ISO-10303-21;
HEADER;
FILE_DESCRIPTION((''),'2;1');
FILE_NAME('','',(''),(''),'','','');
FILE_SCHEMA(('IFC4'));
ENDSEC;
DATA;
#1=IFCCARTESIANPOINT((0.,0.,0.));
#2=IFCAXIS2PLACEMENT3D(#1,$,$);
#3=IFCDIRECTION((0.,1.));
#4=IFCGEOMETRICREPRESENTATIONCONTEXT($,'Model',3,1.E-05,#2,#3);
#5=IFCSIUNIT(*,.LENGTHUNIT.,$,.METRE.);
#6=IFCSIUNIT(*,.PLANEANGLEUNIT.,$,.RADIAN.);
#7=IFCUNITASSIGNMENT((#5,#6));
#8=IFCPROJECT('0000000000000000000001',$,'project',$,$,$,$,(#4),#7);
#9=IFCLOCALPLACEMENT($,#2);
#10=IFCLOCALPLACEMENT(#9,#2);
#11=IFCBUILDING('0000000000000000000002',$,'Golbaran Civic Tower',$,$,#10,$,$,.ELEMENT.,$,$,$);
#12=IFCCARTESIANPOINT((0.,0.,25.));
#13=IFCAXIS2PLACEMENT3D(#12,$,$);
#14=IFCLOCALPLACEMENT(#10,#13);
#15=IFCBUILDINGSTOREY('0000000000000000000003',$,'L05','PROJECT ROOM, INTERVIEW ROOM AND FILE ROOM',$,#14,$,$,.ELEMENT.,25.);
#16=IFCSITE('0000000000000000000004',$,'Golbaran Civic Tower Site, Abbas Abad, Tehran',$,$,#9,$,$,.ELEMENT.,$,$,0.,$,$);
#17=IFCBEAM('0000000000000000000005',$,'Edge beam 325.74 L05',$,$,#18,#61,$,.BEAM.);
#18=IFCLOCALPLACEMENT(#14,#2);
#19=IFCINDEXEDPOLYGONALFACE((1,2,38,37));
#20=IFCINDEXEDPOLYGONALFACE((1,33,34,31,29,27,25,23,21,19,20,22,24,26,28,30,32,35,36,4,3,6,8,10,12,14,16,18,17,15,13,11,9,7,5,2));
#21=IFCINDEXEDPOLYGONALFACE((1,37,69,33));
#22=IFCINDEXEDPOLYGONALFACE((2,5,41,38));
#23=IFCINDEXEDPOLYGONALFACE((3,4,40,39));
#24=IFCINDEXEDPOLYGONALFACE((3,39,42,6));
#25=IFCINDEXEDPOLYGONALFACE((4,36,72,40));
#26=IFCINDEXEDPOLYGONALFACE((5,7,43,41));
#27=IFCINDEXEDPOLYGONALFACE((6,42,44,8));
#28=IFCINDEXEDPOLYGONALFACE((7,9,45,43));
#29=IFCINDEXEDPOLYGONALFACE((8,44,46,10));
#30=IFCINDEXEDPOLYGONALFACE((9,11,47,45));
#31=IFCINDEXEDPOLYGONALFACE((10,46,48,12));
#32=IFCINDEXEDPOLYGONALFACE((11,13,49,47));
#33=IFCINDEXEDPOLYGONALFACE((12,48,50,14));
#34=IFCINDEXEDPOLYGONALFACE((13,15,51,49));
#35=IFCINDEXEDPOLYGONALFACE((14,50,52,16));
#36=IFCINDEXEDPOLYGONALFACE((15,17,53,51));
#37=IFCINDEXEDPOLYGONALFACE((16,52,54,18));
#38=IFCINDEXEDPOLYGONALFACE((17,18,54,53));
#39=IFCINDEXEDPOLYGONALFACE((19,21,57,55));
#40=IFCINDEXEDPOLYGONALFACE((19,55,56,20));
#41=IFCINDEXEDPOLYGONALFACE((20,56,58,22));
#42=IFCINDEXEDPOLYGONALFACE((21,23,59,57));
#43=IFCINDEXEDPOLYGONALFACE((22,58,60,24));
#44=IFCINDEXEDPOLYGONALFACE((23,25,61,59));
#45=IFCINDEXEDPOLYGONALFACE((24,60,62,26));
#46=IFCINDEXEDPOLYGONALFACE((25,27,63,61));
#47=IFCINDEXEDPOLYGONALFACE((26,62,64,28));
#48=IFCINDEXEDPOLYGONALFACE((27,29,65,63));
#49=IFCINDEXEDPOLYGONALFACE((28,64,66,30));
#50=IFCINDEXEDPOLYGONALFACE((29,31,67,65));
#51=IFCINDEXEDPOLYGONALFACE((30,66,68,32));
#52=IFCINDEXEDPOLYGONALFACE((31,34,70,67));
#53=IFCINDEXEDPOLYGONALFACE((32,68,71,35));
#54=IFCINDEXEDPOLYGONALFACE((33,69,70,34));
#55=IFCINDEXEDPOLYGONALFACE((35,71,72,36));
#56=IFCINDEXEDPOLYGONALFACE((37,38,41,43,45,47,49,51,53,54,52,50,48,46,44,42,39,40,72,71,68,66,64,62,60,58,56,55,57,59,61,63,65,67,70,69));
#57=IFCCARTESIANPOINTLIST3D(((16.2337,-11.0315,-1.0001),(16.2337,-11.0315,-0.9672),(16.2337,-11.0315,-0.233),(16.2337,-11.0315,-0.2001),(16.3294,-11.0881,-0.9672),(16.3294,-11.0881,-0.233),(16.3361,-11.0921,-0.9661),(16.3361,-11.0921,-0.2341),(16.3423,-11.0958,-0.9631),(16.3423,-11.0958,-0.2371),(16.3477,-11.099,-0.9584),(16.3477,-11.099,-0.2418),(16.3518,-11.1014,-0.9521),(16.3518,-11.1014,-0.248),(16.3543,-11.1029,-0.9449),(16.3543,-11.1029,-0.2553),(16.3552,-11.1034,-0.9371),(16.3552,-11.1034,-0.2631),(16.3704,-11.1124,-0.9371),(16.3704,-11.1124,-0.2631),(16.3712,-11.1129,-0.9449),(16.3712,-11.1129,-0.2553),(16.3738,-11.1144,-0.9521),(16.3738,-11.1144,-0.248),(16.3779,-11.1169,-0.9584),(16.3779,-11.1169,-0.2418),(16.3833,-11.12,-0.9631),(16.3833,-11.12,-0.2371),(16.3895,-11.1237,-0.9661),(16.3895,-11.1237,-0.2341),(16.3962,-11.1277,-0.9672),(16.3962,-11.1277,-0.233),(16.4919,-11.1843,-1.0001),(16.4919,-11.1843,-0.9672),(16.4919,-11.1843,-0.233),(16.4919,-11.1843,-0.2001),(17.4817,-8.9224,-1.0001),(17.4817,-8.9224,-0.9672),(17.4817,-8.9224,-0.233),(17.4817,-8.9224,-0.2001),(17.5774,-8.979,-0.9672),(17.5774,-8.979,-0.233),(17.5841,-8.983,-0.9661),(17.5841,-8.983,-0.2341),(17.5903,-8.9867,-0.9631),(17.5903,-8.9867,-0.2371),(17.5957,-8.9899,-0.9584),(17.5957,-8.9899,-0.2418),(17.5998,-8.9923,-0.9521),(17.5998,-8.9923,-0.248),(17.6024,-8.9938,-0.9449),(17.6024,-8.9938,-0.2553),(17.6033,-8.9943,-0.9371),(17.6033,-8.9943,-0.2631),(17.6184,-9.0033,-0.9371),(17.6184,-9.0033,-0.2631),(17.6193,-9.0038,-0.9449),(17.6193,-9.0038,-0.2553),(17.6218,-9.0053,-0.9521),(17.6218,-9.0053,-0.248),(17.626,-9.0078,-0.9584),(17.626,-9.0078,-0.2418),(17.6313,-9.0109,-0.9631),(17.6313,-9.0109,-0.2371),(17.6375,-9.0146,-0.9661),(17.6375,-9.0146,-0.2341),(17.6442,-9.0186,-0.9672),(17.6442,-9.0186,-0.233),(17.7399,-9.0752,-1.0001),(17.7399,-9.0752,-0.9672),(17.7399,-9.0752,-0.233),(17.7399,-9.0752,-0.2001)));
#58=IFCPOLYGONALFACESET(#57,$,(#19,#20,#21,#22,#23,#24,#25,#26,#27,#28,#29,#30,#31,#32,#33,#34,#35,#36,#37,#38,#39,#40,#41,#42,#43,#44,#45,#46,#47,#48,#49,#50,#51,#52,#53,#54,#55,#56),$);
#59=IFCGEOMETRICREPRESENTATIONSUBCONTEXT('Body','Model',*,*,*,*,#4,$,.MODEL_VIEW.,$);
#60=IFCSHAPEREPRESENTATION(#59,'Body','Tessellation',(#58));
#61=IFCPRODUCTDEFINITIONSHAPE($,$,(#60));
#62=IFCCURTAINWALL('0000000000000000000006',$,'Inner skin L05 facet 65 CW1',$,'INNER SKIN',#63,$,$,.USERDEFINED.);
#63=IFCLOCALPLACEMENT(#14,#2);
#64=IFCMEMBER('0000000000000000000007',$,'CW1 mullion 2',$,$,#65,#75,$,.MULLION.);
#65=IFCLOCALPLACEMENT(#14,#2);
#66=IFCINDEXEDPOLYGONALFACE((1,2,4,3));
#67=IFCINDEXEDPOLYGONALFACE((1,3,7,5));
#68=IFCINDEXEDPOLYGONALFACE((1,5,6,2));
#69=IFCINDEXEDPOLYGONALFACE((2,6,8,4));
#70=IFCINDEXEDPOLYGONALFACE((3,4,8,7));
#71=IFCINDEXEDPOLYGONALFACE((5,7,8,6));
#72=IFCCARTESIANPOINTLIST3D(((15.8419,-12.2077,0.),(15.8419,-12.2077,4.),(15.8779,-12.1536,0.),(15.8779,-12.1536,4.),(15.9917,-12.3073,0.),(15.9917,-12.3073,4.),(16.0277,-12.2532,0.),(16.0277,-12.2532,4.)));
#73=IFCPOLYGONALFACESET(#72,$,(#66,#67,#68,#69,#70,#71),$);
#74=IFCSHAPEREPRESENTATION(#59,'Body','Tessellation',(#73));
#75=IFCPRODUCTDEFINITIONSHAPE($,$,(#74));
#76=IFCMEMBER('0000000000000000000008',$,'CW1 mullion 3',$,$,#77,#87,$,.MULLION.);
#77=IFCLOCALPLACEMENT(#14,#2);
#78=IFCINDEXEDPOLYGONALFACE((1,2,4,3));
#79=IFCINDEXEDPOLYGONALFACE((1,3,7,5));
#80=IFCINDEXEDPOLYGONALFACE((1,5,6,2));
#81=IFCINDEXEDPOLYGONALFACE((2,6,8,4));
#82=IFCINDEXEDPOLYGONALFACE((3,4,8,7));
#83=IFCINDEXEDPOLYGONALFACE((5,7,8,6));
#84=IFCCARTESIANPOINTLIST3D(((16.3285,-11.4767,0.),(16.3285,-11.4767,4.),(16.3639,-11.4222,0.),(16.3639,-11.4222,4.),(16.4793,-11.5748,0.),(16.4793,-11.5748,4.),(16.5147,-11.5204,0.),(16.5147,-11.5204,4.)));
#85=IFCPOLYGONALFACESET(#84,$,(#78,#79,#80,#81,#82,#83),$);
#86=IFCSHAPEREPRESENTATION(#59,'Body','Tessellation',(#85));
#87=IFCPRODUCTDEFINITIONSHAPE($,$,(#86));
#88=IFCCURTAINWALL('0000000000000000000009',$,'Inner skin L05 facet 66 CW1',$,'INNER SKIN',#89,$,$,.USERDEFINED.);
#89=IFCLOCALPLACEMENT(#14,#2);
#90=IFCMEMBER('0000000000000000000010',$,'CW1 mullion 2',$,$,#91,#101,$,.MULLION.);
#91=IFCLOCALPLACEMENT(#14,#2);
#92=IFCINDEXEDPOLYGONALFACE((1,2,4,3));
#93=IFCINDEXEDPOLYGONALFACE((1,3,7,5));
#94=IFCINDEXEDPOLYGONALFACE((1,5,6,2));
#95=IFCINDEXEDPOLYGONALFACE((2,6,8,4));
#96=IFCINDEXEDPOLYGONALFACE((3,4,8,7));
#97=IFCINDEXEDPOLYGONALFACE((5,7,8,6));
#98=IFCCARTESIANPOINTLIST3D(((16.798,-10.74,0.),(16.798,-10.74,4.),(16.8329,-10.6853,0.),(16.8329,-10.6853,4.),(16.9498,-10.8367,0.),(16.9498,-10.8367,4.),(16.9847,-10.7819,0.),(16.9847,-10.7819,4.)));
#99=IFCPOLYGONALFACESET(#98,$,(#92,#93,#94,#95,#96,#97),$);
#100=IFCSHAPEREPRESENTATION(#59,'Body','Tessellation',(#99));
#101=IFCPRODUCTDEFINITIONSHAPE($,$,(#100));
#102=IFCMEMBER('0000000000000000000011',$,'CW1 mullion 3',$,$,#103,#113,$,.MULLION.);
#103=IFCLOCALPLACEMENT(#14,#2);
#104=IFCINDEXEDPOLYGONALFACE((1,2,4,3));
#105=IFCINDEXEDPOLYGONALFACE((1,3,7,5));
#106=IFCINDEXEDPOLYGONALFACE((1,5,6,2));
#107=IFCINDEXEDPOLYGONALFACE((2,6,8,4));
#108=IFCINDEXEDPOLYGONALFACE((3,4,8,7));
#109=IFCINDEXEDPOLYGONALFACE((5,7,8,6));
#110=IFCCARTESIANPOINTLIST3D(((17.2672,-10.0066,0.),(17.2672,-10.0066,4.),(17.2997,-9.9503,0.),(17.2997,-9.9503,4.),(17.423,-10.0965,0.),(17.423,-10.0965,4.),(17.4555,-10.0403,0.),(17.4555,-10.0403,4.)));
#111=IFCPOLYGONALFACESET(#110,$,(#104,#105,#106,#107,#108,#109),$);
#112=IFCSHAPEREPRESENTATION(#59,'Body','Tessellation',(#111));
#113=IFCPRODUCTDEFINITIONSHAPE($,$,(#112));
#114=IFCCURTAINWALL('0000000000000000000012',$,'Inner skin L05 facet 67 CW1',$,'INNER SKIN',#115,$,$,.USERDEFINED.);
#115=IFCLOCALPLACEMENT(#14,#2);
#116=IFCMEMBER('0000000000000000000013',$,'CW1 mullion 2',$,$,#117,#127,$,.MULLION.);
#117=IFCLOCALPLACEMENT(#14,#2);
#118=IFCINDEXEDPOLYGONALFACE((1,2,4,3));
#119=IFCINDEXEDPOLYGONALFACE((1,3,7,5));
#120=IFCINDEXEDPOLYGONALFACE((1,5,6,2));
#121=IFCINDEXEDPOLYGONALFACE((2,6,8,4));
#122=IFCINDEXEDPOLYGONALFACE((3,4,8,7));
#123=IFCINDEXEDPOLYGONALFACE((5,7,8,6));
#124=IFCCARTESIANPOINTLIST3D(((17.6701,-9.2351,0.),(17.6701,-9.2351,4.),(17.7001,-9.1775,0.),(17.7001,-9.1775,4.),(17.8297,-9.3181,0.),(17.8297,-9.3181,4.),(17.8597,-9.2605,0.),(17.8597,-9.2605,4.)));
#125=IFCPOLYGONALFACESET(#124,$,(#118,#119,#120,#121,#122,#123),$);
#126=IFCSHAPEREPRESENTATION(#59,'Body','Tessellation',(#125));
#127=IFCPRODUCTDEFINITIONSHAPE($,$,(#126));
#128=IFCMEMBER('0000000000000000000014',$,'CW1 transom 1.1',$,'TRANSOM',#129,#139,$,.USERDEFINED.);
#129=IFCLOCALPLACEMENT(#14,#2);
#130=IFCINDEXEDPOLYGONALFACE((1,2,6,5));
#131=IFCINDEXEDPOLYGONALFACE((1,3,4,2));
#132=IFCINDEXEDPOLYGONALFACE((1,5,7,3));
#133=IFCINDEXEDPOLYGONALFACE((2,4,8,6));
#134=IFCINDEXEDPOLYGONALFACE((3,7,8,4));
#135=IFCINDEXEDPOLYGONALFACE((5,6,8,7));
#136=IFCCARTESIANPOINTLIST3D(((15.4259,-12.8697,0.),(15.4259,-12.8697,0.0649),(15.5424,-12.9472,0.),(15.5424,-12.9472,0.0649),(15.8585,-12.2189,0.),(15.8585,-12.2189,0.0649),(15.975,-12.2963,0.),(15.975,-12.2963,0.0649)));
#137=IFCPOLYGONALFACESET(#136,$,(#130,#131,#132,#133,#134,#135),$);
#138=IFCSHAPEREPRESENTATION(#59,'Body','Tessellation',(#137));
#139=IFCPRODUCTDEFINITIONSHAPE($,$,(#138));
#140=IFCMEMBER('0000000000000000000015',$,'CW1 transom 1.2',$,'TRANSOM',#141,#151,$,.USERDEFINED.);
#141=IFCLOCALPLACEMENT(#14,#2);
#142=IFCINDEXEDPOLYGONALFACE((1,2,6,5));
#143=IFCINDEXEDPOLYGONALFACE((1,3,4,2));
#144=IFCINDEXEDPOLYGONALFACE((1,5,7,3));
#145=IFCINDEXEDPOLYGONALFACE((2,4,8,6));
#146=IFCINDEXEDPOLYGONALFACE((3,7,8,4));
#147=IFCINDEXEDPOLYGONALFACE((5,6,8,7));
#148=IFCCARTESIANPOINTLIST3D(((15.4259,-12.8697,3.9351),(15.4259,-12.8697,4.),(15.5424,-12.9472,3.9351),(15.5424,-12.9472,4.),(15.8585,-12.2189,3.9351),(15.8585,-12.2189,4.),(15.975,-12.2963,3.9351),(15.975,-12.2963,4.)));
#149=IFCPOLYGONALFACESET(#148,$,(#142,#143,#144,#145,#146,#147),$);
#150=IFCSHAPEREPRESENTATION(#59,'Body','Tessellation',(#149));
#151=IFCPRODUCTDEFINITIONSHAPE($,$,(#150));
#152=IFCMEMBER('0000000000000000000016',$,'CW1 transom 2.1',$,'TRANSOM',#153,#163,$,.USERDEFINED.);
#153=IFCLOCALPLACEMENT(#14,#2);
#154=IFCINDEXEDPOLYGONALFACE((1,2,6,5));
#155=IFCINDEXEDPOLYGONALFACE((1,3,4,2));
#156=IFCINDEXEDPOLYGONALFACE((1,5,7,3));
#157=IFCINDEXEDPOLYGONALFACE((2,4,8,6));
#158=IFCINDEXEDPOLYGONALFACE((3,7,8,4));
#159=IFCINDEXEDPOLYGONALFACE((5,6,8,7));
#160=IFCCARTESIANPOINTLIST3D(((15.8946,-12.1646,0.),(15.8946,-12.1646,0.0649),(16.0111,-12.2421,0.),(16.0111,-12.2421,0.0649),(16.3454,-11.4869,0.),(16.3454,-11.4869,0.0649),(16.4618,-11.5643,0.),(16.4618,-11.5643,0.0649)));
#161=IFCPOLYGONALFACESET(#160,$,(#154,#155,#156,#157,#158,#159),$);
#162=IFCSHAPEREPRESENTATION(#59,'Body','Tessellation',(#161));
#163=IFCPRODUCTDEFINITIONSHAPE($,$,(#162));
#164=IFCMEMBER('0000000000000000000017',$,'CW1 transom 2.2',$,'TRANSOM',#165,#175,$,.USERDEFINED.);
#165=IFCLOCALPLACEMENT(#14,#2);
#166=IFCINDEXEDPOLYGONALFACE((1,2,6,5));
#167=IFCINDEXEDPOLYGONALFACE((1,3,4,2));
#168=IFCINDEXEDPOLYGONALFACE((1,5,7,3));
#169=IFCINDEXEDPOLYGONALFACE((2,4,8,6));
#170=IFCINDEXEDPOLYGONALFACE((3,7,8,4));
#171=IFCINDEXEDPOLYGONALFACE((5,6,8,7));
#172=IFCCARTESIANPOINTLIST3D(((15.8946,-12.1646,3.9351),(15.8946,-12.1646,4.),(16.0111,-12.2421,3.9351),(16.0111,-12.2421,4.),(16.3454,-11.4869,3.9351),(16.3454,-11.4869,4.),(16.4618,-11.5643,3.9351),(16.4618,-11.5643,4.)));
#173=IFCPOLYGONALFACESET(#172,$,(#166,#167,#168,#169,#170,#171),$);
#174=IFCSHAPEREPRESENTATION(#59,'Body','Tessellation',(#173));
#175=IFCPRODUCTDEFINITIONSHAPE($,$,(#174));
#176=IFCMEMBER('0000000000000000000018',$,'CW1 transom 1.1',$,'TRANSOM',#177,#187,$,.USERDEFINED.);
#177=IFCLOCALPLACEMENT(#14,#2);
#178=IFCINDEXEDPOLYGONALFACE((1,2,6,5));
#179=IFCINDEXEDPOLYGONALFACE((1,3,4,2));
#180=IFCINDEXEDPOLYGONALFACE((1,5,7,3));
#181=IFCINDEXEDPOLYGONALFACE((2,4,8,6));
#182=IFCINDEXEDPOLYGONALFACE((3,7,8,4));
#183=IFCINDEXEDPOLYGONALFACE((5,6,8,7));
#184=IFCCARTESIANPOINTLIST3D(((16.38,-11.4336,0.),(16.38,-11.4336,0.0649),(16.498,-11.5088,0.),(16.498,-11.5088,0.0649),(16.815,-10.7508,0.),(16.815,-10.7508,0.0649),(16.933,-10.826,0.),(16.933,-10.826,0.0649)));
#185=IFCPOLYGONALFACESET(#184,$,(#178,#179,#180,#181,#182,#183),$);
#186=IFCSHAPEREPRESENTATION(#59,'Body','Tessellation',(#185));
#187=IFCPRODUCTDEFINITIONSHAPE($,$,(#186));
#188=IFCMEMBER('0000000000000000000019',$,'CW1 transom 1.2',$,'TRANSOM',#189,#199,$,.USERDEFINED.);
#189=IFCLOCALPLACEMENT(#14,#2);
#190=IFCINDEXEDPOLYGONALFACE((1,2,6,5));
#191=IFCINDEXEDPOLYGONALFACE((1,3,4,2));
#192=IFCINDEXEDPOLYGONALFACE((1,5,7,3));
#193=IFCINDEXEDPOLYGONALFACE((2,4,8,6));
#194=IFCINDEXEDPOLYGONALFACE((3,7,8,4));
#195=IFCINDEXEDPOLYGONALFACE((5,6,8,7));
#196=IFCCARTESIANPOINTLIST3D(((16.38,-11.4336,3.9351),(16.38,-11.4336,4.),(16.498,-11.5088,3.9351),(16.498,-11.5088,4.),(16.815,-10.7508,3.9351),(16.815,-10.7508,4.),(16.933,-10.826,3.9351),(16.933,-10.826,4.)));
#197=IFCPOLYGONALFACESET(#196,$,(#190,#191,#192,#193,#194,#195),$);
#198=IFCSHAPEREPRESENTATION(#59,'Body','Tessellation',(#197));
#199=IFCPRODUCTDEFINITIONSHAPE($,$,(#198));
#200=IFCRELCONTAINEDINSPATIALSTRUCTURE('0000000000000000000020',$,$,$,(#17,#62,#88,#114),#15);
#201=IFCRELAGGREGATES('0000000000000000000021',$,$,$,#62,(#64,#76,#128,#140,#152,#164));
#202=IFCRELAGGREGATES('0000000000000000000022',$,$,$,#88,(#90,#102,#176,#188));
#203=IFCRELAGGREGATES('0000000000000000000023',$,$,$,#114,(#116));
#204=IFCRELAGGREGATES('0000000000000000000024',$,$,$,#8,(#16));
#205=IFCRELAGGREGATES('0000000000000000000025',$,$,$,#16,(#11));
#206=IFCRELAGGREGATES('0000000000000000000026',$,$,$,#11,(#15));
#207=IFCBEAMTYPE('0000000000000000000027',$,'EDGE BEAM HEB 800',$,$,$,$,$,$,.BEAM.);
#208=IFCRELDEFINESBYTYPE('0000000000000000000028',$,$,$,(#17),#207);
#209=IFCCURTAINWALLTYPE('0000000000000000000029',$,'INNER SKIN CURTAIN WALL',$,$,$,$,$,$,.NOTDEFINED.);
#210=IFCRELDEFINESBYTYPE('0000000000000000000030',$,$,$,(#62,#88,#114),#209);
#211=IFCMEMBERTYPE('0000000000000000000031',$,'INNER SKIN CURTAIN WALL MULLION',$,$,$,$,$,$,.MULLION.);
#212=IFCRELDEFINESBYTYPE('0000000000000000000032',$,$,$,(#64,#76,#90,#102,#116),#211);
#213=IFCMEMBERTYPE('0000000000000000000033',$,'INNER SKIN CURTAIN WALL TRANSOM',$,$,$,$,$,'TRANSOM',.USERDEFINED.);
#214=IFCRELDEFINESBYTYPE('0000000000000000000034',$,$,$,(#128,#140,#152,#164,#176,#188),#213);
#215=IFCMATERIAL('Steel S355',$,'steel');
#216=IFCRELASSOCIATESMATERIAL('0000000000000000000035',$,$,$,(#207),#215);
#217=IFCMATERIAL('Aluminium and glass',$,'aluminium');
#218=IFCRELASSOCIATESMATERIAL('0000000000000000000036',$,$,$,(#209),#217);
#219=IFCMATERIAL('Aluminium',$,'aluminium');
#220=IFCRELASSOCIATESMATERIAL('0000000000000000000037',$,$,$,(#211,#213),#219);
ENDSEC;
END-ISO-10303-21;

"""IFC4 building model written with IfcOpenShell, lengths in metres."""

from ifc_helpers import new_model, si_unit, direction, frame, origin, origin_2d, place, context, subcontext, project, spatial, rectangle, i_section, extrude, material, material_profile, profile_set, type_object, element, aggregate, save


model = new_model("IFC4")

# Units and contexts
model_context = context("Model", 3, precision=1e-05, world=origin(), true_north=direction((0.0, 1.0)))
body_context = subcontext(model_context, "Body", "Model", "MODEL_VIEW")
ifc_project = project(units=[si_unit("LENGTHUNIT", "METRE"), si_unit("PLANEANGLEUNIT", "RADIAN")], contexts=[model_context])

# Site, building, storey
site_placement = place(None, origin())
site = spatial("IfcSite", under=ifc_project, at=site_placement, Name="Golbaran Civic Tower Site, Abbas Abad, Tehran", CompositionType="ELEMENT", RefElevation=0.0)
building_placement = place(site_placement, origin())
building = spatial("IfcBuilding", under=site, at=building_placement, Name="Golbaran Civic Tower", CompositionType="ELEMENT")
storey_placement = place(building_placement, frame((0.0, 0.0, 25.0)))
storey = spatial("IfcBuildingStorey", under=building, at=storey_placement, Name="L05", Description="PROJECT ROOM, INTERVIEW ROOM AND FILE ROOM", CompositionType="ELEMENT", Elevation=25.0)

# Beam
ifc_material_1 = material(Name="Steel S355", Category="steel")
ifc_material_profile_1 = material_profile(ifc_material_1, i_section(OverallWidth=0.3, OverallDepth=0.8, WebThickness=0.0176, FlangeThickness=0.033, FilletRadius=0.03, at=origin_2d()), Name="HEB 800")
ifc_profile_set_1 = profile_set([ifc_material_profile_1], Name="Steel S355")
beam_type = type_object("IfcBeamType", Name="EDGE BEAM HEB 800", PredefinedType="BEAM", material=ifc_profile_set_1)
beam_placement = place(storey_placement, frame((16.3628, -11.1079, -0.6001), z_axis=(0.509256, 0.860615, 0.0), x_axis=(-0.860615, 0.509256, 0.0)))
element("IfcBeam", 1, at=beam_placement, inside=storey, type_object=beam_type, Name="Edge beam 325.74 L05", PredefinedType="BEAM", context=body_context, shape_type="SweptSolid", body=[
    extrude(i_section(OverallWidth=0.3, OverallDepth=0.8, WebThickness=0.0176, FlangeThickness=0.033, FilletRadius=0.03, at=origin_2d()), origin(), (0.0, 0.0, 1.0), 2.4507),
])

# Curtain walls, members
ifc_material_2 = material(Name="Aluminium and glass", Category="aluminium")
curtain_wall_type = type_object("IfcCurtainWallType", Name="INNER SKIN CURTAIN WALL", PredefinedType="NOTDEFINED", material=ifc_material_2)
curtain_wall_1_placement = place(storey_placement, origin())
curtain_wall_1 = element("IfcCurtainWall", 2, at=curtain_wall_1_placement, inside=storey, type_object=curtain_wall_type, Name="Inner skin L05 facet 65 CW1", ObjectType="INNER SKIN", PredefinedType="USERDEFINED")
ifc_material_3 = material(Name="Aluminium", Category="aluminium")
ifc_material_profile_2 = material_profile(ifc_material_3, rectangle(XDim=0.1799, YDim=0.0649, at=origin_2d()), Name="INNER SKIN CURTAIN WALL MULLION")
ifc_profile_set_2 = profile_set([ifc_material_profile_2], Name="Aluminium")
member_type_1 = type_object("IfcMemberType", Name="INNER SKIN CURTAIN WALL MULLION", PredefinedType="MULLION", material=ifc_profile_set_2)
member_1_placement = place(storey_placement, frame((15.9348, -12.2305, 0.0), z_axis=(0.0, 0.0, 1.0), x_axis=(-0.832703, 0.553719, 0.0)))
member_1 = element("IfcMember", 3, at=member_1_placement, type_object=member_type_1, Name="CW1 mullion 2", PredefinedType="MULLION", context=body_context, shape_type="SweptSolid", body=[
    extrude(rectangle(XDim=0.1799, YDim=0.0649, at=origin_2d()), origin(), (0.0, 0.0, 1.0), 4.0),
])
member_2_placement = place(storey_placement, frame((16.4216, -11.4985, 0.0), z_axis=(0.0, 0.0, 1.0), x_axis=(-0.838088, 0.545536, 0.0)))
member_2 = element("IfcMember", 4, at=member_2_placement, type_object=member_type_1, Name="CW1 mullion 3", PredefinedType="MULLION", context=body_context, shape_type="SweptSolid", body=[
    extrude(rectangle(XDim=0.1799, YDim=0.0649, at=origin_2d()), origin(), (0.0, 0.0, 1.0), 4.0),
])
curtain_wall_2_placement = place(storey_placement, origin())
curtain_wall_2 = element("IfcCurtainWall", 5, at=curtain_wall_2_placement, inside=storey, type_object=curtain_wall_type, Name="Inner skin L05 facet 66 CW1", ObjectType="INNER SKIN", PredefinedType="USERDEFINED")
member_3_placement = place(storey_placement, frame((16.8914, -10.761, 0.0), z_axis=(0.0, 0.0, 1.0), x_axis=(-0.843391, 0.5373, 0.0)))
member_3 = element("IfcMember", 6, at=member_3_placement, type_object=member_type_1, Name="CW1 mullion 2", PredefinedType="MULLION", context=body_context, shape_type="SweptSolid", body=[
    extrude(rectangle(XDim=0.1799, YDim=0.0649, at=origin_2d()), origin(), (0.0, 0.0, 1.0), 4.0),
])
member_4_placement = place(storey_placement, frame((17.3613, -10.0234, 0.0), z_axis=(0.0, 0.0, 1.0), x_axis=(-0.866025, 0.5, 0.0)))
member_4 = element("IfcMember", 7, at=member_4_placement, type_object=member_type_1, Name="CW1 mullion 3", PredefinedType="MULLION", context=body_context, shape_type="SweptSolid", body=[
    extrude(rectangle(XDim=0.1799, YDim=0.0649, at=origin_2d()), origin(), (0.0, 0.0, 1.0), 4.0),
])

# Curtain wall, member
curtain_wall_3_placement = place(storey_placement, origin())
curtain_wall_3 = element("IfcCurtainWall", 8, at=curtain_wall_3_placement, inside=storey, type_object=curtain_wall_type, Name="Inner skin L05 facet 67 CW1", ObjectType="INNER SKIN", PredefinedType="USERDEFINED")
member_5_placement = place(storey_placement, frame((17.7649, -9.2478, 0.0), z_axis=(0.0, 0.0, 1.0), x_axis=(-0.887011, 0.461749, 0.0)))
member_5 = element("IfcMember", 9, at=member_5_placement, type_object=member_type_1, Name="CW1 mullion 2", PredefinedType="MULLION", context=body_context, shape_type="SweptSolid", body=[
    extrude(rectangle(XDim=0.1799, YDim=0.0649, at=origin_2d()), origin(), (0.0, 0.0, 1.0), 4.0),
])

# Members
ifc_material_profile_3 = material_profile(ifc_material_3, rectangle(XDim=0.1399, YDim=0.0649, at=origin_2d()), Name="INNER SKIN CURTAIN WALL TRANSOM")
ifc_profile_set_3 = profile_set([ifc_material_profile_3], Name="Aluminium")
member_type_2 = type_object("IfcMemberType", Name="INNER SKIN CURTAIN WALL TRANSOM", ElementType="TRANSOM", PredefinedType="USERDEFINED", material=ifc_profile_set_3)
member_6_placement = place(storey_placement, frame((15.4841, -12.9084, 0.0325), z_axis=(0.553546, 0.832818, 0.0), x_axis=(-0.832818, 0.553546, 0.0)))
member_6 = element("IfcMember", 10, at=member_6_placement, type_object=member_type_2, Name="CW1 transom 1.1", ObjectType="TRANSOM", PredefinedType="USERDEFINED", context=body_context, shape_type="SweptSolid", body=[
    extrude(rectangle(XDim=0.1399, YDim=0.0649, at=origin_2d()), origin(), (0.0, 0.0, 1.0), 0.7815),
])
member_7_placement = place(storey_placement, frame((15.4841, -12.9084, 3.9675), z_axis=(0.553546, 0.832818, 0.0), x_axis=(-0.832818, 0.553546, 0.0)))
member_7 = element("IfcMember", 11, at=member_7_placement, type_object=member_type_2, Name="CW1 transom 1.2", ObjectType="TRANSOM", PredefinedType="USERDEFINED", context=body_context, shape_type="SweptSolid", body=[
    extrude(rectangle(XDim=0.1399, YDim=0.0649, at=origin_2d()), origin(), (0.0, 0.0, 1.0), 0.7815),
])
member_8_placement = place(storey_placement, frame((15.9529, -12.2034, 0.0325), z_axis=(0.553731, 0.832696, 0.0), x_axis=(-0.832696, 0.553731, 0.0)))
member_8 = element("IfcMember", 12, at=member_8_placement, type_object=member_type_2, Name="CW1 transom 2.1", ObjectType="TRANSOM", PredefinedType="USERDEFINED", context=body_context, shape_type="SweptSolid", body=[
    extrude(rectangle(XDim=0.1399, YDim=0.0649, at=origin_2d()), origin(), (0.0, 0.0, 1.0), 0.814),
])
member_9_placement = place(storey_placement, frame((15.9529, -12.2034, 3.9675), z_axis=(0.553731, 0.832696, 0.0), x_axis=(-0.832696, 0.553731, 0.0)))
member_9 = element("IfcMember", 13, at=member_9_placement, type_object=member_type_2, Name="CW1 transom 2.2", ObjectType="TRANSOM", PredefinedType="USERDEFINED", context=body_context, shape_type="SweptSolid", body=[
    extrude(rectangle(XDim=0.1399, YDim=0.0649, at=origin_2d()), origin(), (0.0, 0.0, 1.0), 0.814),
])
member_10_placement = place(storey_placement, frame((16.439, -11.4712, 0.0325), z_axis=(0.537324, 0.843376, 0.0), x_axis=(-0.843376, 0.537324, 0.0)))
member_10 = element("IfcMember", 14, at=member_10_placement, type_object=member_type_2, Name="CW1 transom 1.1", ObjectType="TRANSOM", PredefinedType="USERDEFINED", context=body_context, shape_type="SweptSolid", body=[
    extrude(rectangle(XDim=0.1399, YDim=0.0649, at=origin_2d()), origin(), (0.0, 0.0, 1.0), 0.8096),
])
member_11_placement = place(storey_placement, frame((16.439, -11.4712, 3.9675), z_axis=(0.537324, 0.843376, 0.0), x_axis=(-0.843376, 0.537324, 0.0)))
member_11 = element("IfcMember", 15, at=member_11_placement, type_object=member_type_2, Name="CW1 transom 1.2", ObjectType="TRANSOM", PredefinedType="USERDEFINED", context=body_context, shape_type="SweptSolid", body=[
    extrude(rectangle(XDim=0.1399, YDim=0.0649, at=origin_2d()), origin(), (0.0, 0.0, 1.0), 0.8096),
])

aggregate(curtain_wall_1, [member_1, member_2, member_6, member_7, member_8, member_9])
aggregate(curtain_wall_2, [member_3, member_4, member_10, member_11])
aggregate(curtain_wall_3, [member_5])

save(model, "model.ifc")
